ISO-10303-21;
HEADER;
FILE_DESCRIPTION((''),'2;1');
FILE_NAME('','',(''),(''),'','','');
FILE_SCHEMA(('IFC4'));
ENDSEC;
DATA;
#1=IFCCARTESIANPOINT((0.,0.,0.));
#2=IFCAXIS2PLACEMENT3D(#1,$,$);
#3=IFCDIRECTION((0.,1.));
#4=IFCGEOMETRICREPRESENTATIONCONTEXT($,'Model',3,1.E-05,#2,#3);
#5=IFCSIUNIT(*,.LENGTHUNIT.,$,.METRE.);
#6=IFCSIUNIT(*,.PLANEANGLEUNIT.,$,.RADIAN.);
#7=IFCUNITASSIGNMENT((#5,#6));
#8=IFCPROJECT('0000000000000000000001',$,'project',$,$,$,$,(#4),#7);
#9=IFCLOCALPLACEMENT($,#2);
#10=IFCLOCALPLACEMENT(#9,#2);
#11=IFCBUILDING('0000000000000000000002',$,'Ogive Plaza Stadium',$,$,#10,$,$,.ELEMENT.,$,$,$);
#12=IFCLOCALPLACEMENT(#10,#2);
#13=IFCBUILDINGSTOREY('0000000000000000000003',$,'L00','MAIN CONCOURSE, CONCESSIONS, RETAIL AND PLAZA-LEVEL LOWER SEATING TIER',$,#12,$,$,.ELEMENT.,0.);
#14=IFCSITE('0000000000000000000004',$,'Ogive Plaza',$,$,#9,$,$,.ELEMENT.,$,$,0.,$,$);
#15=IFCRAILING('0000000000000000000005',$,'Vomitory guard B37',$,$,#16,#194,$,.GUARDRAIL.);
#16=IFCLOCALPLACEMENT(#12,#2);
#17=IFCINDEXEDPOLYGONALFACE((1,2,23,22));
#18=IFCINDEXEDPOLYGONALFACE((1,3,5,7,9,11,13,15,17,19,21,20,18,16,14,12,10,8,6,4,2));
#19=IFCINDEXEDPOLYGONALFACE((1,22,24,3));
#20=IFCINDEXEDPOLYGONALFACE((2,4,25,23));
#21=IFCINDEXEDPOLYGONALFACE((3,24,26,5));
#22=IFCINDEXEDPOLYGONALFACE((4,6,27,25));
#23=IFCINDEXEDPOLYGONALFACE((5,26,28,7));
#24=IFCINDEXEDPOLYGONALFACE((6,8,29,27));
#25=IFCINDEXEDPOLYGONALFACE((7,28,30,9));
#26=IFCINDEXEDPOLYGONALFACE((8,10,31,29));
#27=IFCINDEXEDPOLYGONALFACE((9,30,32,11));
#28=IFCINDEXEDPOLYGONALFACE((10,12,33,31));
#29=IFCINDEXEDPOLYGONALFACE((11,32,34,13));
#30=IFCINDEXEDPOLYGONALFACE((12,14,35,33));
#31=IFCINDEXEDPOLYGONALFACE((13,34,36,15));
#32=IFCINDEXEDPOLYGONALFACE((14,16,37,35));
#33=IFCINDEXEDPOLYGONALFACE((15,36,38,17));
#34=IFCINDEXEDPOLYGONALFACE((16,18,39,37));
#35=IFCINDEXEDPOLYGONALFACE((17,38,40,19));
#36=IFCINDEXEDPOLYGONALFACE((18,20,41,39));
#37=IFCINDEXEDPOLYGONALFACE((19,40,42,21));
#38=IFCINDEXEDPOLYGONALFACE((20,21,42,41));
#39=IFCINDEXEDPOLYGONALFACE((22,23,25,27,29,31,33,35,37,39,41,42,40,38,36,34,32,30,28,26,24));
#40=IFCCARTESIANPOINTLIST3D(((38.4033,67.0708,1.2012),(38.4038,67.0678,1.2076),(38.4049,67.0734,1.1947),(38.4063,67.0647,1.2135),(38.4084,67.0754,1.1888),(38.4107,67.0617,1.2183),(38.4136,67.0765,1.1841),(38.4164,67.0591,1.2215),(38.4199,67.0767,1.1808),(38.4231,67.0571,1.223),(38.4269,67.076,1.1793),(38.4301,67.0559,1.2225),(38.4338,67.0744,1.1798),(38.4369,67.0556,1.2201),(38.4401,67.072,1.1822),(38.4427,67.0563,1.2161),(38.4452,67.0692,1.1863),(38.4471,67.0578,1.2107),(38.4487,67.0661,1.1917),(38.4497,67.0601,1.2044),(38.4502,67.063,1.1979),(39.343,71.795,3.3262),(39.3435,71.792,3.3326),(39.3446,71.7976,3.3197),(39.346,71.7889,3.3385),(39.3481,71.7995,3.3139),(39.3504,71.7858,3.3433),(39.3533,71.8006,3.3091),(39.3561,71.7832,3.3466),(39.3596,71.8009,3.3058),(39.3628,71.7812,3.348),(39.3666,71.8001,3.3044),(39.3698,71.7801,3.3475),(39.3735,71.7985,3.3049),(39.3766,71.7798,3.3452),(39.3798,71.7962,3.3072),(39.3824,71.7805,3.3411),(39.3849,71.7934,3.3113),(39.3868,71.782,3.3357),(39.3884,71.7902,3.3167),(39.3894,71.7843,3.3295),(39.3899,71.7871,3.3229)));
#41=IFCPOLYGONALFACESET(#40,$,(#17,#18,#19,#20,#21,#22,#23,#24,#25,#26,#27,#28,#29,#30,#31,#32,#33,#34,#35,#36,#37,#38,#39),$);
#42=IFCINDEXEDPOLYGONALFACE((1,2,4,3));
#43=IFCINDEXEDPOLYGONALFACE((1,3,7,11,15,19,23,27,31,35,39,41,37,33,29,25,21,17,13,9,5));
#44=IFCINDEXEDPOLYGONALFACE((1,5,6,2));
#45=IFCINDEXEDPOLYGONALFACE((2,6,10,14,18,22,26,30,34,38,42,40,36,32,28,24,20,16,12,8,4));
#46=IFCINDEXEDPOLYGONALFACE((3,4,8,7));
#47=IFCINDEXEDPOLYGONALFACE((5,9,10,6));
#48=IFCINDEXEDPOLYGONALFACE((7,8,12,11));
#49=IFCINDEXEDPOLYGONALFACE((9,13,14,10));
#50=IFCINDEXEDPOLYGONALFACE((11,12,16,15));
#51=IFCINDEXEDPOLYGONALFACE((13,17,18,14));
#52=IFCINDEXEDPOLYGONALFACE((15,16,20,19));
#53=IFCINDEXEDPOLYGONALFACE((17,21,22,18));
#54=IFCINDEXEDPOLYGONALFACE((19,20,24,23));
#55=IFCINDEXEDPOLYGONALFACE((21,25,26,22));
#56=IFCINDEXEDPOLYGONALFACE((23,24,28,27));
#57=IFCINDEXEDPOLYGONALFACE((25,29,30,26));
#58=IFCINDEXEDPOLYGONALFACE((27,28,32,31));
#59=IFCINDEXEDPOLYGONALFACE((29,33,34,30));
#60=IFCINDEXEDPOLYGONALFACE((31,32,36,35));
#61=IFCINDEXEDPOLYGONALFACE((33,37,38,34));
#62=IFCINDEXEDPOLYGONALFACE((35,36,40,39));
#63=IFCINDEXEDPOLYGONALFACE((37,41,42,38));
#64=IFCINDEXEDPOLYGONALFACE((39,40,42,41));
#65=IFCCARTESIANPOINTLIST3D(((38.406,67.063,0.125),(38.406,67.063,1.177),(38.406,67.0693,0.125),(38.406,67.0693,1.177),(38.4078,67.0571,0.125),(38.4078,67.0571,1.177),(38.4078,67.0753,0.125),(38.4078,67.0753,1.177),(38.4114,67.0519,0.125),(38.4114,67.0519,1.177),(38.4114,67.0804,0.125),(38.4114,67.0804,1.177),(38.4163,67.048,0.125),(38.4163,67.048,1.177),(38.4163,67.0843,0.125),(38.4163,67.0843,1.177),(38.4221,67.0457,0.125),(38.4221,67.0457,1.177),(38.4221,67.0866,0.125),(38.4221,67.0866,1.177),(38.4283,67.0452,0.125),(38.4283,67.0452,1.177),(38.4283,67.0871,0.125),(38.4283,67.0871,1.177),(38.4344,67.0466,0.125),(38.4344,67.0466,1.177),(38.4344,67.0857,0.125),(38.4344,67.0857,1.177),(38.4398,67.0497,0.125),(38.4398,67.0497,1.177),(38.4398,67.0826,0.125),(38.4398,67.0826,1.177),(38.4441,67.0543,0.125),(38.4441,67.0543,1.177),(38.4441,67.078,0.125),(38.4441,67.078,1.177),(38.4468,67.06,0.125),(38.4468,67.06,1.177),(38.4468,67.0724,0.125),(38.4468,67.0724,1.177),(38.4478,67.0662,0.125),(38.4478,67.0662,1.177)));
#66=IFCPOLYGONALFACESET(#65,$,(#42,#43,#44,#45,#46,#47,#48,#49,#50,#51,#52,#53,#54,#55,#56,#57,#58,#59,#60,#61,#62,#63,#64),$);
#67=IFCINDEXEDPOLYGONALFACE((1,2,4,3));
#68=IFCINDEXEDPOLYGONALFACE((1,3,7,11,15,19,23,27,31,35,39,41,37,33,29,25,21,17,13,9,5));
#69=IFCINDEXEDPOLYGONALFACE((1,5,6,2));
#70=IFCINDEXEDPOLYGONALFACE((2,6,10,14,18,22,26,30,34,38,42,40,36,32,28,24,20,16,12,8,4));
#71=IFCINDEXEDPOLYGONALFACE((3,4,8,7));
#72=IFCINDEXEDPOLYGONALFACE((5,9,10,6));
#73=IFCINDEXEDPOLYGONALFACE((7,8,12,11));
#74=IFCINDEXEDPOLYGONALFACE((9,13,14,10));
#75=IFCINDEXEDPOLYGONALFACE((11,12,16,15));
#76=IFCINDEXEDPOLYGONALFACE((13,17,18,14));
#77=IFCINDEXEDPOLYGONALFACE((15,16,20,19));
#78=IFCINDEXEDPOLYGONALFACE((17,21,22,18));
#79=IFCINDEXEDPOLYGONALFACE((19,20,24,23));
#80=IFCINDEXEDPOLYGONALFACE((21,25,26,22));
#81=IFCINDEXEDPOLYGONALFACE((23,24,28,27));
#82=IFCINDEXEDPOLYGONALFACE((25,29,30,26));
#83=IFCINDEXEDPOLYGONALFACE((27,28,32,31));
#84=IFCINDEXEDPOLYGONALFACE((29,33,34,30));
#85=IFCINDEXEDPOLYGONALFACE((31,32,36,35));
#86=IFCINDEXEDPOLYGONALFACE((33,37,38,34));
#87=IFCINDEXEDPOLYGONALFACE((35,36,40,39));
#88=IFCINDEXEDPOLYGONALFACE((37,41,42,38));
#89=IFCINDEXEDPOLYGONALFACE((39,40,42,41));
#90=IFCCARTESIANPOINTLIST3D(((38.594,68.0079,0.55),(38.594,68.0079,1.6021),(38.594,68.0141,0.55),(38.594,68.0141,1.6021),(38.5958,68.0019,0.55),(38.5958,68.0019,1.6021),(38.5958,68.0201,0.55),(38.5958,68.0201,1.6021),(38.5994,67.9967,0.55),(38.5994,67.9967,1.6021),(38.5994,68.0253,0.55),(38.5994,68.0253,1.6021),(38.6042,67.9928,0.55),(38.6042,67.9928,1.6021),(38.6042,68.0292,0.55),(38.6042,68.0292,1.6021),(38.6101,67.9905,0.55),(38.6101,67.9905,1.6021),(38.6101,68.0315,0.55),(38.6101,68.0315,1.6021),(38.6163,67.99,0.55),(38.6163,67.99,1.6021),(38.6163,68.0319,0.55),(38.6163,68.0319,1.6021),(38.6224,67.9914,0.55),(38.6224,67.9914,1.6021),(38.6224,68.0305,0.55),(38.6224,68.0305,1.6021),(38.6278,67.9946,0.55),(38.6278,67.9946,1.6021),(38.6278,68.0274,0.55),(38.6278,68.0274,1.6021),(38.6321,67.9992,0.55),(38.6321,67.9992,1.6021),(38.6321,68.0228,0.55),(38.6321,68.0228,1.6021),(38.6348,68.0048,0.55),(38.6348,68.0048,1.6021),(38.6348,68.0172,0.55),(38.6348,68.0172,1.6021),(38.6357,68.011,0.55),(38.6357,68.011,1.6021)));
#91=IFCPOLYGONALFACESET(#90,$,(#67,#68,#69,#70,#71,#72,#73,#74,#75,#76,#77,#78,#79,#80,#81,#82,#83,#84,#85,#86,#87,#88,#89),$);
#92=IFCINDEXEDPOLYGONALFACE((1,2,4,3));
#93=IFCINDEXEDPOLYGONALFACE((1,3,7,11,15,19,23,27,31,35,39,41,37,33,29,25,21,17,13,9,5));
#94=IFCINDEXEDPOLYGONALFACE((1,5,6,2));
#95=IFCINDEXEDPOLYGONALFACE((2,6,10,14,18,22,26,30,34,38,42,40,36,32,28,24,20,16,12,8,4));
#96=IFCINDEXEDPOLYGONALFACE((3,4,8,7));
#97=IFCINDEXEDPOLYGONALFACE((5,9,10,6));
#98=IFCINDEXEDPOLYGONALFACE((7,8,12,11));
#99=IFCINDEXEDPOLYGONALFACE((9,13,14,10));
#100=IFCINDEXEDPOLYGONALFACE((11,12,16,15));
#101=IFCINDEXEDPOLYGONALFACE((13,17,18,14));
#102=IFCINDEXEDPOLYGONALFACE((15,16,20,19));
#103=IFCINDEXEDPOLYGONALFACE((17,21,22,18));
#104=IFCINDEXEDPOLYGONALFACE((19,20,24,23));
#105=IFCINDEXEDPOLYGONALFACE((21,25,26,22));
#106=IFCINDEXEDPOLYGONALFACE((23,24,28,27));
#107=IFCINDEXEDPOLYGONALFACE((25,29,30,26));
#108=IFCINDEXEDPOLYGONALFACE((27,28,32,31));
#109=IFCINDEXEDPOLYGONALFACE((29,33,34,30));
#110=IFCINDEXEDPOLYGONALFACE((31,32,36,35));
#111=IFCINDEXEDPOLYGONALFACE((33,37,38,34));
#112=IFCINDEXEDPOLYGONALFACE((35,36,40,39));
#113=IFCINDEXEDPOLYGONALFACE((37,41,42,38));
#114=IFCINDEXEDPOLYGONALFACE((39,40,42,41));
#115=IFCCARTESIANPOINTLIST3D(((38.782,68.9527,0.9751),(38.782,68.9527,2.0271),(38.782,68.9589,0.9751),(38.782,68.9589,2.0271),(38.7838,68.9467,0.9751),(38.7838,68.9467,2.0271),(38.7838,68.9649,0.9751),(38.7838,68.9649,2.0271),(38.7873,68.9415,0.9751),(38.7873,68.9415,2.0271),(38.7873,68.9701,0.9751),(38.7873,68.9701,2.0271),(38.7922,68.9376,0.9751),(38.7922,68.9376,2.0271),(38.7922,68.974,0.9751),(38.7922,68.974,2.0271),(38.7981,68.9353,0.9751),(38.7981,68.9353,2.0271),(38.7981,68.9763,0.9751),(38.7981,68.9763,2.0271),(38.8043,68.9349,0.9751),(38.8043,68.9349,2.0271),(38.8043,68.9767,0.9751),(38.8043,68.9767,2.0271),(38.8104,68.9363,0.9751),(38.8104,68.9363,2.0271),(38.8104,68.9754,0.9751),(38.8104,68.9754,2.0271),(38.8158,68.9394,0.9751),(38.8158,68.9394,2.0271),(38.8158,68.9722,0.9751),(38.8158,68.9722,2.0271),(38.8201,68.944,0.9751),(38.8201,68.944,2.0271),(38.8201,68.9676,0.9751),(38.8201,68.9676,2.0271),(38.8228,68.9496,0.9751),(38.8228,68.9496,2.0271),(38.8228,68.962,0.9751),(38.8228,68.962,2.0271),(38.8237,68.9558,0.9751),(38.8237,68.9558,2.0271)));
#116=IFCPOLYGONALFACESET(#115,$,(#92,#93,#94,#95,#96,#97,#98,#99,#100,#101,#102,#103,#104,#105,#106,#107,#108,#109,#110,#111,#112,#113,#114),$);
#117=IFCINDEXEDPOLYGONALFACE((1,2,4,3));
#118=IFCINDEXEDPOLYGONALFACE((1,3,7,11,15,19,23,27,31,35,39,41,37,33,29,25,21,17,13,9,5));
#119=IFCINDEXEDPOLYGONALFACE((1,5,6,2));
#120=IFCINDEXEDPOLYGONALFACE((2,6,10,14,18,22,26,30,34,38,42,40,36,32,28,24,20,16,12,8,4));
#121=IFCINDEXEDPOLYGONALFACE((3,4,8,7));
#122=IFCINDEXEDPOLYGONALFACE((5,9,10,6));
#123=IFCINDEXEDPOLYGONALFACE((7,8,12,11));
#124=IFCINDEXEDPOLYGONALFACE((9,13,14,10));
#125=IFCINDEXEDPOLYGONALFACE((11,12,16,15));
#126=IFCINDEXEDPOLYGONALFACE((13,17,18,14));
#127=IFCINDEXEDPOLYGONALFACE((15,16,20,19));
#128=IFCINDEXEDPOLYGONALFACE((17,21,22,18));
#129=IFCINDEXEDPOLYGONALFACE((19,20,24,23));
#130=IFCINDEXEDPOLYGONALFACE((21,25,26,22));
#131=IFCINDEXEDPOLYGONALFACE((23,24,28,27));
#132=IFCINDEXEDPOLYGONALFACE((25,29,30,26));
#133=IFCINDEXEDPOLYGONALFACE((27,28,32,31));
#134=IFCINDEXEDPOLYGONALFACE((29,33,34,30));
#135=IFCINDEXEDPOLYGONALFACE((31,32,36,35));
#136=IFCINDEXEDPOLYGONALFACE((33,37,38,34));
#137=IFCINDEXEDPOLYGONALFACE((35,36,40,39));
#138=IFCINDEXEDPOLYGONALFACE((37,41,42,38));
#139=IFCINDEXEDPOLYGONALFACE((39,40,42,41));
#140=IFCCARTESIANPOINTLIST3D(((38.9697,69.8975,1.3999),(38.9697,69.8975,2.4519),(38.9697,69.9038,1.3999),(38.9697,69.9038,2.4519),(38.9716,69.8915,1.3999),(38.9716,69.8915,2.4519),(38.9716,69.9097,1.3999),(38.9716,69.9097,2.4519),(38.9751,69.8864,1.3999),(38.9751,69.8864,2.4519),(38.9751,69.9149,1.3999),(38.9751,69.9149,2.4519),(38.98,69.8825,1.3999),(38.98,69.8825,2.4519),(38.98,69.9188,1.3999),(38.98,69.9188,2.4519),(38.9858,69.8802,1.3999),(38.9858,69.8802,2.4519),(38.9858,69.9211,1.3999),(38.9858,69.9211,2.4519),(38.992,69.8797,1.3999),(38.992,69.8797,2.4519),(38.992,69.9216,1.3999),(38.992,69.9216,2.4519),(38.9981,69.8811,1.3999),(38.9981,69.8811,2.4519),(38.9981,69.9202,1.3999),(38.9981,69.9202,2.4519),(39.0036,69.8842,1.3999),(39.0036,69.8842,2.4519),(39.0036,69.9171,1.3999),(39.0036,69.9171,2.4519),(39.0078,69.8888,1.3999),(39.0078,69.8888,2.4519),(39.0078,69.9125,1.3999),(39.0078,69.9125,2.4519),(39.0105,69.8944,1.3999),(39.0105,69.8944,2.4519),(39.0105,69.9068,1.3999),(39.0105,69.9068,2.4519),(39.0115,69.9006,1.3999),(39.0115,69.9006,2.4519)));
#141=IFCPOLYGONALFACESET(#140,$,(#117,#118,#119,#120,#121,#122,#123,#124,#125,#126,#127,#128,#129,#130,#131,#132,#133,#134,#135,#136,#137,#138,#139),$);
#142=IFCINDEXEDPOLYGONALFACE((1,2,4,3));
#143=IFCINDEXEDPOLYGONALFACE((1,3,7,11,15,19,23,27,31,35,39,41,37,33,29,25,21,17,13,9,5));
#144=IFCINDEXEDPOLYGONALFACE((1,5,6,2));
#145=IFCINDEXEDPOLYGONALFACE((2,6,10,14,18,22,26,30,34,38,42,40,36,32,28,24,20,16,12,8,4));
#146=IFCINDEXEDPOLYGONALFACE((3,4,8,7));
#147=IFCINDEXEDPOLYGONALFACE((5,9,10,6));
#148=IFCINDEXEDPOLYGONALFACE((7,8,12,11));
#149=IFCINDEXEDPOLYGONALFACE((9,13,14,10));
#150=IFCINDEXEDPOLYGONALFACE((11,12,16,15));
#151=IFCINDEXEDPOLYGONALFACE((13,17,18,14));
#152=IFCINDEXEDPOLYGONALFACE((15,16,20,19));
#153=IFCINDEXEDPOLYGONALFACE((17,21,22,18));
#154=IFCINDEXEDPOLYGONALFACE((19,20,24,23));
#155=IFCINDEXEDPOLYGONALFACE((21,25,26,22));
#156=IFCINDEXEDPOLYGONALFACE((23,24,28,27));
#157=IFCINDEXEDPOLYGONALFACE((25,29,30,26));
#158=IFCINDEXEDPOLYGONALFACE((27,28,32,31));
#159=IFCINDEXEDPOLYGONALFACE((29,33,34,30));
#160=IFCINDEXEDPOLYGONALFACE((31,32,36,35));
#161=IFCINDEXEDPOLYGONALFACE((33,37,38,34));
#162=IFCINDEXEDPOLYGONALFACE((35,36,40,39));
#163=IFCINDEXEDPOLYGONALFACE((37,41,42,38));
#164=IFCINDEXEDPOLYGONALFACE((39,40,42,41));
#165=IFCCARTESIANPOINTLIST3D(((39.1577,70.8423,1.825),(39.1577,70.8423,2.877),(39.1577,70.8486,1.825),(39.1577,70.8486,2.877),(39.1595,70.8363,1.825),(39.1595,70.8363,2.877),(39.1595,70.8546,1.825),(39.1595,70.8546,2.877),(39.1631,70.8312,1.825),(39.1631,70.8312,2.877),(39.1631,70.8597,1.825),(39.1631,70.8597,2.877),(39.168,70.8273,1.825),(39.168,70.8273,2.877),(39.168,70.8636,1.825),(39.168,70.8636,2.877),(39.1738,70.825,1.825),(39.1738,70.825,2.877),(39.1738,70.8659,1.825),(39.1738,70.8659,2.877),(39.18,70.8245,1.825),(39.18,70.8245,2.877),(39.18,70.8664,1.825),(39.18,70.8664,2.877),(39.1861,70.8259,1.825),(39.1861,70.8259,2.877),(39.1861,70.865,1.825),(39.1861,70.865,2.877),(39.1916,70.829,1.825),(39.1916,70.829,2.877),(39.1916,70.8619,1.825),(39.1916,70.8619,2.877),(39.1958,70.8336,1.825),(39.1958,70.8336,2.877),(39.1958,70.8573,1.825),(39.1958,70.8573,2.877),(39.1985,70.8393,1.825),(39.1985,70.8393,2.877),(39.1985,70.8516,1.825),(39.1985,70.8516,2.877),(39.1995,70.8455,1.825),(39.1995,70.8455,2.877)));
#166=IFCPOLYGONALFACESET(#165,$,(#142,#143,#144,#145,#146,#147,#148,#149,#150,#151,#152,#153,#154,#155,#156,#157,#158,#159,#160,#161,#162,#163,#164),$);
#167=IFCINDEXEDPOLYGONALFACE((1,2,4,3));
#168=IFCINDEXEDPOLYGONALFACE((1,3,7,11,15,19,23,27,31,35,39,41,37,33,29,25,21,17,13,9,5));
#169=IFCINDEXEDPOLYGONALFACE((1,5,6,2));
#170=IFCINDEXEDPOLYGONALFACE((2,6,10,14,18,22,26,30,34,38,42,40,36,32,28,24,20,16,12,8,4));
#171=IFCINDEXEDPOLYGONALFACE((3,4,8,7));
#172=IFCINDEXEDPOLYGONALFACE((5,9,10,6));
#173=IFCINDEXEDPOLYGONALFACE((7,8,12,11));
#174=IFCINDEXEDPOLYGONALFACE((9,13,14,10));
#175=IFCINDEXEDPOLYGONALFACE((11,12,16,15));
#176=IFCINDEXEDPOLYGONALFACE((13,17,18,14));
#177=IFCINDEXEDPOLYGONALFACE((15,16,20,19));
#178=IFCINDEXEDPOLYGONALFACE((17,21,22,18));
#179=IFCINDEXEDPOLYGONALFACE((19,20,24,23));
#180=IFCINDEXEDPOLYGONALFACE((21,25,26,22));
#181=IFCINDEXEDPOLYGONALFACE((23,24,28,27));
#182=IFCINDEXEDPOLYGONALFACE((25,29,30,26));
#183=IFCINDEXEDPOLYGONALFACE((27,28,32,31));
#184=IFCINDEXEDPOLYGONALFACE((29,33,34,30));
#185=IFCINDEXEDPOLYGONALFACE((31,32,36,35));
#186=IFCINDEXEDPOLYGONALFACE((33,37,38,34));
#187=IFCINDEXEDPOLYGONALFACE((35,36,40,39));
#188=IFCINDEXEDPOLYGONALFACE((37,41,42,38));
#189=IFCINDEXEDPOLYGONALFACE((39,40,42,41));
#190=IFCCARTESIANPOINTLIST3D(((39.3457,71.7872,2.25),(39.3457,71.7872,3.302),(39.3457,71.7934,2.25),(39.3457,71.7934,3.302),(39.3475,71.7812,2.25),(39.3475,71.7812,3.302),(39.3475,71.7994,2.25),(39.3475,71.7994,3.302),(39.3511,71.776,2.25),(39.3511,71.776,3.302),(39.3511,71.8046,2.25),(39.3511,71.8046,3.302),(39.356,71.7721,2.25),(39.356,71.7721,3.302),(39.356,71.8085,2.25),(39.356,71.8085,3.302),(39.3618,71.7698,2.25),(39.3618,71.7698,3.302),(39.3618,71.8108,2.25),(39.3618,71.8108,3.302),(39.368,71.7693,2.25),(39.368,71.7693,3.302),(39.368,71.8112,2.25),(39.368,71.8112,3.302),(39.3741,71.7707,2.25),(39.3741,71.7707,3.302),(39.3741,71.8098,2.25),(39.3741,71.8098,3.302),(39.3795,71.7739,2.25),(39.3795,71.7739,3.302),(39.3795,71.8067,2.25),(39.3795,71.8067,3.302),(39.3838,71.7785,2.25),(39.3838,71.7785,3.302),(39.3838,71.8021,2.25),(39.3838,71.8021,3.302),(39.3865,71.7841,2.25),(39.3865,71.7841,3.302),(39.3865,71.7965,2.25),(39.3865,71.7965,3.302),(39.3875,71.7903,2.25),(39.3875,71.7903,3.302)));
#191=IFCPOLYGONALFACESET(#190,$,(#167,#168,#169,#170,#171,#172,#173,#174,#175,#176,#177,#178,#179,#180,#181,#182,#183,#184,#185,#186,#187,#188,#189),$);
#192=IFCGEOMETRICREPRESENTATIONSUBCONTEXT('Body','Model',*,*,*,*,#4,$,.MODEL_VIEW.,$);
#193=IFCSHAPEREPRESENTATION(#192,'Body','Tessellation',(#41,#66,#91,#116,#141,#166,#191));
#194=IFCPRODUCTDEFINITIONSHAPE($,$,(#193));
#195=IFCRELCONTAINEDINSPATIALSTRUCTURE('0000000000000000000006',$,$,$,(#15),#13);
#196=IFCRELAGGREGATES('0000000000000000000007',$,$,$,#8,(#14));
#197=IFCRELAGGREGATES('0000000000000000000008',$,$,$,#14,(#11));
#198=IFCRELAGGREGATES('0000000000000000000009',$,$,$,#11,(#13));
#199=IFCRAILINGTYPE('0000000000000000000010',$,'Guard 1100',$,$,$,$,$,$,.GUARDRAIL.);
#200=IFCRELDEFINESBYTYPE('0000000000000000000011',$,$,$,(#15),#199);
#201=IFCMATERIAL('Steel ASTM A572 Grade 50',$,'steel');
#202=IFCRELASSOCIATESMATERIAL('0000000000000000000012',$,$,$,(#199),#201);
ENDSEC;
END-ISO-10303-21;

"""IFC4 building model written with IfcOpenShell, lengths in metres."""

from ifc_helpers import new_model, si_unit, direction, frame, origin, origin_2d, place, context, subcontext, project, spatial, circle, extrude, material, type_object, element, save


model = new_model("IFC4")

# Units and contexts
model_context = context("Model", 3, precision=1e-05, world=origin(), true_north=direction((0.0, 1.0)))
body_context = subcontext(model_context, "Body", "Model", "MODEL_VIEW")
ifc_project = project(units=[si_unit("LENGTHUNIT", "METRE"), si_unit("PLANEANGLEUNIT", "RADIAN")], contexts=[model_context])

# Site, building, storey
site_placement = place(None, origin())
site = spatial("IfcSite", under=ifc_project, at=site_placement, Name="Ogive Plaza", CompositionType="ELEMENT", RefElevation=0.0)
building_placement = place(site_placement, origin())
building = spatial("IfcBuilding", under=site, at=building_placement, Name="Ogive Plaza Stadium", CompositionType="ELEMENT")
storey_placement = place(building_placement, origin())
storey = spatial("IfcBuildingStorey", under=building, at=storey_placement, Name="L00", Description="MAIN CONCOURSE, CONCESSIONS, RETAIL AND PLAZA-LEVEL LOWER SEATING TIER", CompositionType="ELEMENT", Elevation=0.0)

# Railing
ifc_material_1 = material(Name="Steel ASTM A572 Grade 50", Category="steel")
railing_type = type_object("IfcRailingType", Name="Guard 1100", PredefinedType="GUARDRAIL", material=ifc_material_1)
railing_1_placement = place(storey_placement, frame((38.4268, 67.0662, 0.125)))
element("IfcRailing", 1, at=railing_1_placement, inside=storey, type_object=railing_type, Name="Vomitory guard B37", PredefinedType="GUARDRAIL", context=body_context, shape_type="SweptSolid", body=[
    extrude(circle(Radius=0.0239, at=origin_2d()), frame((0.0, 0.0, 1.0762), z_axis=(0.178494, 0.897338, 0.40364), x_axis=(-0.980785, 0.195093, 0.0)), (0.0, 0.0, 1.0), 5.2646),
    extrude(circle(Radius=0.021, at=origin_2d()), origin(), (0.0, 0.0, 1.0), 1.052),
    extrude(circle(Radius=0.021, at=origin_2d()), frame((0.188, 0.9448, 0.425)), (0.0, 0.0, 1.0), 1.052),
    extrude(circle(Radius=0.021, at=origin_2d()), frame((0.376, 1.8896, 0.8501)), (0.0, 0.0, 1.0), 1.052),
    extrude(circle(Radius=0.021, at=origin_2d()), frame((0.5637, 2.8345, 1.2749)), (0.0, 0.0, 1.0), 1.052),
    extrude(circle(Radius=0.021, at=origin_2d()), frame((0.7517, 3.7793, 1.7)), (0.0, 0.0, 1.0), 1.052),
    extrude(circle(Radius=0.021, at=origin_2d()), frame((0.9397, 4.7241, 2.125)), (0.0, 0.0, 1.0), 1.052),
])

save(model, "model.ifc")
